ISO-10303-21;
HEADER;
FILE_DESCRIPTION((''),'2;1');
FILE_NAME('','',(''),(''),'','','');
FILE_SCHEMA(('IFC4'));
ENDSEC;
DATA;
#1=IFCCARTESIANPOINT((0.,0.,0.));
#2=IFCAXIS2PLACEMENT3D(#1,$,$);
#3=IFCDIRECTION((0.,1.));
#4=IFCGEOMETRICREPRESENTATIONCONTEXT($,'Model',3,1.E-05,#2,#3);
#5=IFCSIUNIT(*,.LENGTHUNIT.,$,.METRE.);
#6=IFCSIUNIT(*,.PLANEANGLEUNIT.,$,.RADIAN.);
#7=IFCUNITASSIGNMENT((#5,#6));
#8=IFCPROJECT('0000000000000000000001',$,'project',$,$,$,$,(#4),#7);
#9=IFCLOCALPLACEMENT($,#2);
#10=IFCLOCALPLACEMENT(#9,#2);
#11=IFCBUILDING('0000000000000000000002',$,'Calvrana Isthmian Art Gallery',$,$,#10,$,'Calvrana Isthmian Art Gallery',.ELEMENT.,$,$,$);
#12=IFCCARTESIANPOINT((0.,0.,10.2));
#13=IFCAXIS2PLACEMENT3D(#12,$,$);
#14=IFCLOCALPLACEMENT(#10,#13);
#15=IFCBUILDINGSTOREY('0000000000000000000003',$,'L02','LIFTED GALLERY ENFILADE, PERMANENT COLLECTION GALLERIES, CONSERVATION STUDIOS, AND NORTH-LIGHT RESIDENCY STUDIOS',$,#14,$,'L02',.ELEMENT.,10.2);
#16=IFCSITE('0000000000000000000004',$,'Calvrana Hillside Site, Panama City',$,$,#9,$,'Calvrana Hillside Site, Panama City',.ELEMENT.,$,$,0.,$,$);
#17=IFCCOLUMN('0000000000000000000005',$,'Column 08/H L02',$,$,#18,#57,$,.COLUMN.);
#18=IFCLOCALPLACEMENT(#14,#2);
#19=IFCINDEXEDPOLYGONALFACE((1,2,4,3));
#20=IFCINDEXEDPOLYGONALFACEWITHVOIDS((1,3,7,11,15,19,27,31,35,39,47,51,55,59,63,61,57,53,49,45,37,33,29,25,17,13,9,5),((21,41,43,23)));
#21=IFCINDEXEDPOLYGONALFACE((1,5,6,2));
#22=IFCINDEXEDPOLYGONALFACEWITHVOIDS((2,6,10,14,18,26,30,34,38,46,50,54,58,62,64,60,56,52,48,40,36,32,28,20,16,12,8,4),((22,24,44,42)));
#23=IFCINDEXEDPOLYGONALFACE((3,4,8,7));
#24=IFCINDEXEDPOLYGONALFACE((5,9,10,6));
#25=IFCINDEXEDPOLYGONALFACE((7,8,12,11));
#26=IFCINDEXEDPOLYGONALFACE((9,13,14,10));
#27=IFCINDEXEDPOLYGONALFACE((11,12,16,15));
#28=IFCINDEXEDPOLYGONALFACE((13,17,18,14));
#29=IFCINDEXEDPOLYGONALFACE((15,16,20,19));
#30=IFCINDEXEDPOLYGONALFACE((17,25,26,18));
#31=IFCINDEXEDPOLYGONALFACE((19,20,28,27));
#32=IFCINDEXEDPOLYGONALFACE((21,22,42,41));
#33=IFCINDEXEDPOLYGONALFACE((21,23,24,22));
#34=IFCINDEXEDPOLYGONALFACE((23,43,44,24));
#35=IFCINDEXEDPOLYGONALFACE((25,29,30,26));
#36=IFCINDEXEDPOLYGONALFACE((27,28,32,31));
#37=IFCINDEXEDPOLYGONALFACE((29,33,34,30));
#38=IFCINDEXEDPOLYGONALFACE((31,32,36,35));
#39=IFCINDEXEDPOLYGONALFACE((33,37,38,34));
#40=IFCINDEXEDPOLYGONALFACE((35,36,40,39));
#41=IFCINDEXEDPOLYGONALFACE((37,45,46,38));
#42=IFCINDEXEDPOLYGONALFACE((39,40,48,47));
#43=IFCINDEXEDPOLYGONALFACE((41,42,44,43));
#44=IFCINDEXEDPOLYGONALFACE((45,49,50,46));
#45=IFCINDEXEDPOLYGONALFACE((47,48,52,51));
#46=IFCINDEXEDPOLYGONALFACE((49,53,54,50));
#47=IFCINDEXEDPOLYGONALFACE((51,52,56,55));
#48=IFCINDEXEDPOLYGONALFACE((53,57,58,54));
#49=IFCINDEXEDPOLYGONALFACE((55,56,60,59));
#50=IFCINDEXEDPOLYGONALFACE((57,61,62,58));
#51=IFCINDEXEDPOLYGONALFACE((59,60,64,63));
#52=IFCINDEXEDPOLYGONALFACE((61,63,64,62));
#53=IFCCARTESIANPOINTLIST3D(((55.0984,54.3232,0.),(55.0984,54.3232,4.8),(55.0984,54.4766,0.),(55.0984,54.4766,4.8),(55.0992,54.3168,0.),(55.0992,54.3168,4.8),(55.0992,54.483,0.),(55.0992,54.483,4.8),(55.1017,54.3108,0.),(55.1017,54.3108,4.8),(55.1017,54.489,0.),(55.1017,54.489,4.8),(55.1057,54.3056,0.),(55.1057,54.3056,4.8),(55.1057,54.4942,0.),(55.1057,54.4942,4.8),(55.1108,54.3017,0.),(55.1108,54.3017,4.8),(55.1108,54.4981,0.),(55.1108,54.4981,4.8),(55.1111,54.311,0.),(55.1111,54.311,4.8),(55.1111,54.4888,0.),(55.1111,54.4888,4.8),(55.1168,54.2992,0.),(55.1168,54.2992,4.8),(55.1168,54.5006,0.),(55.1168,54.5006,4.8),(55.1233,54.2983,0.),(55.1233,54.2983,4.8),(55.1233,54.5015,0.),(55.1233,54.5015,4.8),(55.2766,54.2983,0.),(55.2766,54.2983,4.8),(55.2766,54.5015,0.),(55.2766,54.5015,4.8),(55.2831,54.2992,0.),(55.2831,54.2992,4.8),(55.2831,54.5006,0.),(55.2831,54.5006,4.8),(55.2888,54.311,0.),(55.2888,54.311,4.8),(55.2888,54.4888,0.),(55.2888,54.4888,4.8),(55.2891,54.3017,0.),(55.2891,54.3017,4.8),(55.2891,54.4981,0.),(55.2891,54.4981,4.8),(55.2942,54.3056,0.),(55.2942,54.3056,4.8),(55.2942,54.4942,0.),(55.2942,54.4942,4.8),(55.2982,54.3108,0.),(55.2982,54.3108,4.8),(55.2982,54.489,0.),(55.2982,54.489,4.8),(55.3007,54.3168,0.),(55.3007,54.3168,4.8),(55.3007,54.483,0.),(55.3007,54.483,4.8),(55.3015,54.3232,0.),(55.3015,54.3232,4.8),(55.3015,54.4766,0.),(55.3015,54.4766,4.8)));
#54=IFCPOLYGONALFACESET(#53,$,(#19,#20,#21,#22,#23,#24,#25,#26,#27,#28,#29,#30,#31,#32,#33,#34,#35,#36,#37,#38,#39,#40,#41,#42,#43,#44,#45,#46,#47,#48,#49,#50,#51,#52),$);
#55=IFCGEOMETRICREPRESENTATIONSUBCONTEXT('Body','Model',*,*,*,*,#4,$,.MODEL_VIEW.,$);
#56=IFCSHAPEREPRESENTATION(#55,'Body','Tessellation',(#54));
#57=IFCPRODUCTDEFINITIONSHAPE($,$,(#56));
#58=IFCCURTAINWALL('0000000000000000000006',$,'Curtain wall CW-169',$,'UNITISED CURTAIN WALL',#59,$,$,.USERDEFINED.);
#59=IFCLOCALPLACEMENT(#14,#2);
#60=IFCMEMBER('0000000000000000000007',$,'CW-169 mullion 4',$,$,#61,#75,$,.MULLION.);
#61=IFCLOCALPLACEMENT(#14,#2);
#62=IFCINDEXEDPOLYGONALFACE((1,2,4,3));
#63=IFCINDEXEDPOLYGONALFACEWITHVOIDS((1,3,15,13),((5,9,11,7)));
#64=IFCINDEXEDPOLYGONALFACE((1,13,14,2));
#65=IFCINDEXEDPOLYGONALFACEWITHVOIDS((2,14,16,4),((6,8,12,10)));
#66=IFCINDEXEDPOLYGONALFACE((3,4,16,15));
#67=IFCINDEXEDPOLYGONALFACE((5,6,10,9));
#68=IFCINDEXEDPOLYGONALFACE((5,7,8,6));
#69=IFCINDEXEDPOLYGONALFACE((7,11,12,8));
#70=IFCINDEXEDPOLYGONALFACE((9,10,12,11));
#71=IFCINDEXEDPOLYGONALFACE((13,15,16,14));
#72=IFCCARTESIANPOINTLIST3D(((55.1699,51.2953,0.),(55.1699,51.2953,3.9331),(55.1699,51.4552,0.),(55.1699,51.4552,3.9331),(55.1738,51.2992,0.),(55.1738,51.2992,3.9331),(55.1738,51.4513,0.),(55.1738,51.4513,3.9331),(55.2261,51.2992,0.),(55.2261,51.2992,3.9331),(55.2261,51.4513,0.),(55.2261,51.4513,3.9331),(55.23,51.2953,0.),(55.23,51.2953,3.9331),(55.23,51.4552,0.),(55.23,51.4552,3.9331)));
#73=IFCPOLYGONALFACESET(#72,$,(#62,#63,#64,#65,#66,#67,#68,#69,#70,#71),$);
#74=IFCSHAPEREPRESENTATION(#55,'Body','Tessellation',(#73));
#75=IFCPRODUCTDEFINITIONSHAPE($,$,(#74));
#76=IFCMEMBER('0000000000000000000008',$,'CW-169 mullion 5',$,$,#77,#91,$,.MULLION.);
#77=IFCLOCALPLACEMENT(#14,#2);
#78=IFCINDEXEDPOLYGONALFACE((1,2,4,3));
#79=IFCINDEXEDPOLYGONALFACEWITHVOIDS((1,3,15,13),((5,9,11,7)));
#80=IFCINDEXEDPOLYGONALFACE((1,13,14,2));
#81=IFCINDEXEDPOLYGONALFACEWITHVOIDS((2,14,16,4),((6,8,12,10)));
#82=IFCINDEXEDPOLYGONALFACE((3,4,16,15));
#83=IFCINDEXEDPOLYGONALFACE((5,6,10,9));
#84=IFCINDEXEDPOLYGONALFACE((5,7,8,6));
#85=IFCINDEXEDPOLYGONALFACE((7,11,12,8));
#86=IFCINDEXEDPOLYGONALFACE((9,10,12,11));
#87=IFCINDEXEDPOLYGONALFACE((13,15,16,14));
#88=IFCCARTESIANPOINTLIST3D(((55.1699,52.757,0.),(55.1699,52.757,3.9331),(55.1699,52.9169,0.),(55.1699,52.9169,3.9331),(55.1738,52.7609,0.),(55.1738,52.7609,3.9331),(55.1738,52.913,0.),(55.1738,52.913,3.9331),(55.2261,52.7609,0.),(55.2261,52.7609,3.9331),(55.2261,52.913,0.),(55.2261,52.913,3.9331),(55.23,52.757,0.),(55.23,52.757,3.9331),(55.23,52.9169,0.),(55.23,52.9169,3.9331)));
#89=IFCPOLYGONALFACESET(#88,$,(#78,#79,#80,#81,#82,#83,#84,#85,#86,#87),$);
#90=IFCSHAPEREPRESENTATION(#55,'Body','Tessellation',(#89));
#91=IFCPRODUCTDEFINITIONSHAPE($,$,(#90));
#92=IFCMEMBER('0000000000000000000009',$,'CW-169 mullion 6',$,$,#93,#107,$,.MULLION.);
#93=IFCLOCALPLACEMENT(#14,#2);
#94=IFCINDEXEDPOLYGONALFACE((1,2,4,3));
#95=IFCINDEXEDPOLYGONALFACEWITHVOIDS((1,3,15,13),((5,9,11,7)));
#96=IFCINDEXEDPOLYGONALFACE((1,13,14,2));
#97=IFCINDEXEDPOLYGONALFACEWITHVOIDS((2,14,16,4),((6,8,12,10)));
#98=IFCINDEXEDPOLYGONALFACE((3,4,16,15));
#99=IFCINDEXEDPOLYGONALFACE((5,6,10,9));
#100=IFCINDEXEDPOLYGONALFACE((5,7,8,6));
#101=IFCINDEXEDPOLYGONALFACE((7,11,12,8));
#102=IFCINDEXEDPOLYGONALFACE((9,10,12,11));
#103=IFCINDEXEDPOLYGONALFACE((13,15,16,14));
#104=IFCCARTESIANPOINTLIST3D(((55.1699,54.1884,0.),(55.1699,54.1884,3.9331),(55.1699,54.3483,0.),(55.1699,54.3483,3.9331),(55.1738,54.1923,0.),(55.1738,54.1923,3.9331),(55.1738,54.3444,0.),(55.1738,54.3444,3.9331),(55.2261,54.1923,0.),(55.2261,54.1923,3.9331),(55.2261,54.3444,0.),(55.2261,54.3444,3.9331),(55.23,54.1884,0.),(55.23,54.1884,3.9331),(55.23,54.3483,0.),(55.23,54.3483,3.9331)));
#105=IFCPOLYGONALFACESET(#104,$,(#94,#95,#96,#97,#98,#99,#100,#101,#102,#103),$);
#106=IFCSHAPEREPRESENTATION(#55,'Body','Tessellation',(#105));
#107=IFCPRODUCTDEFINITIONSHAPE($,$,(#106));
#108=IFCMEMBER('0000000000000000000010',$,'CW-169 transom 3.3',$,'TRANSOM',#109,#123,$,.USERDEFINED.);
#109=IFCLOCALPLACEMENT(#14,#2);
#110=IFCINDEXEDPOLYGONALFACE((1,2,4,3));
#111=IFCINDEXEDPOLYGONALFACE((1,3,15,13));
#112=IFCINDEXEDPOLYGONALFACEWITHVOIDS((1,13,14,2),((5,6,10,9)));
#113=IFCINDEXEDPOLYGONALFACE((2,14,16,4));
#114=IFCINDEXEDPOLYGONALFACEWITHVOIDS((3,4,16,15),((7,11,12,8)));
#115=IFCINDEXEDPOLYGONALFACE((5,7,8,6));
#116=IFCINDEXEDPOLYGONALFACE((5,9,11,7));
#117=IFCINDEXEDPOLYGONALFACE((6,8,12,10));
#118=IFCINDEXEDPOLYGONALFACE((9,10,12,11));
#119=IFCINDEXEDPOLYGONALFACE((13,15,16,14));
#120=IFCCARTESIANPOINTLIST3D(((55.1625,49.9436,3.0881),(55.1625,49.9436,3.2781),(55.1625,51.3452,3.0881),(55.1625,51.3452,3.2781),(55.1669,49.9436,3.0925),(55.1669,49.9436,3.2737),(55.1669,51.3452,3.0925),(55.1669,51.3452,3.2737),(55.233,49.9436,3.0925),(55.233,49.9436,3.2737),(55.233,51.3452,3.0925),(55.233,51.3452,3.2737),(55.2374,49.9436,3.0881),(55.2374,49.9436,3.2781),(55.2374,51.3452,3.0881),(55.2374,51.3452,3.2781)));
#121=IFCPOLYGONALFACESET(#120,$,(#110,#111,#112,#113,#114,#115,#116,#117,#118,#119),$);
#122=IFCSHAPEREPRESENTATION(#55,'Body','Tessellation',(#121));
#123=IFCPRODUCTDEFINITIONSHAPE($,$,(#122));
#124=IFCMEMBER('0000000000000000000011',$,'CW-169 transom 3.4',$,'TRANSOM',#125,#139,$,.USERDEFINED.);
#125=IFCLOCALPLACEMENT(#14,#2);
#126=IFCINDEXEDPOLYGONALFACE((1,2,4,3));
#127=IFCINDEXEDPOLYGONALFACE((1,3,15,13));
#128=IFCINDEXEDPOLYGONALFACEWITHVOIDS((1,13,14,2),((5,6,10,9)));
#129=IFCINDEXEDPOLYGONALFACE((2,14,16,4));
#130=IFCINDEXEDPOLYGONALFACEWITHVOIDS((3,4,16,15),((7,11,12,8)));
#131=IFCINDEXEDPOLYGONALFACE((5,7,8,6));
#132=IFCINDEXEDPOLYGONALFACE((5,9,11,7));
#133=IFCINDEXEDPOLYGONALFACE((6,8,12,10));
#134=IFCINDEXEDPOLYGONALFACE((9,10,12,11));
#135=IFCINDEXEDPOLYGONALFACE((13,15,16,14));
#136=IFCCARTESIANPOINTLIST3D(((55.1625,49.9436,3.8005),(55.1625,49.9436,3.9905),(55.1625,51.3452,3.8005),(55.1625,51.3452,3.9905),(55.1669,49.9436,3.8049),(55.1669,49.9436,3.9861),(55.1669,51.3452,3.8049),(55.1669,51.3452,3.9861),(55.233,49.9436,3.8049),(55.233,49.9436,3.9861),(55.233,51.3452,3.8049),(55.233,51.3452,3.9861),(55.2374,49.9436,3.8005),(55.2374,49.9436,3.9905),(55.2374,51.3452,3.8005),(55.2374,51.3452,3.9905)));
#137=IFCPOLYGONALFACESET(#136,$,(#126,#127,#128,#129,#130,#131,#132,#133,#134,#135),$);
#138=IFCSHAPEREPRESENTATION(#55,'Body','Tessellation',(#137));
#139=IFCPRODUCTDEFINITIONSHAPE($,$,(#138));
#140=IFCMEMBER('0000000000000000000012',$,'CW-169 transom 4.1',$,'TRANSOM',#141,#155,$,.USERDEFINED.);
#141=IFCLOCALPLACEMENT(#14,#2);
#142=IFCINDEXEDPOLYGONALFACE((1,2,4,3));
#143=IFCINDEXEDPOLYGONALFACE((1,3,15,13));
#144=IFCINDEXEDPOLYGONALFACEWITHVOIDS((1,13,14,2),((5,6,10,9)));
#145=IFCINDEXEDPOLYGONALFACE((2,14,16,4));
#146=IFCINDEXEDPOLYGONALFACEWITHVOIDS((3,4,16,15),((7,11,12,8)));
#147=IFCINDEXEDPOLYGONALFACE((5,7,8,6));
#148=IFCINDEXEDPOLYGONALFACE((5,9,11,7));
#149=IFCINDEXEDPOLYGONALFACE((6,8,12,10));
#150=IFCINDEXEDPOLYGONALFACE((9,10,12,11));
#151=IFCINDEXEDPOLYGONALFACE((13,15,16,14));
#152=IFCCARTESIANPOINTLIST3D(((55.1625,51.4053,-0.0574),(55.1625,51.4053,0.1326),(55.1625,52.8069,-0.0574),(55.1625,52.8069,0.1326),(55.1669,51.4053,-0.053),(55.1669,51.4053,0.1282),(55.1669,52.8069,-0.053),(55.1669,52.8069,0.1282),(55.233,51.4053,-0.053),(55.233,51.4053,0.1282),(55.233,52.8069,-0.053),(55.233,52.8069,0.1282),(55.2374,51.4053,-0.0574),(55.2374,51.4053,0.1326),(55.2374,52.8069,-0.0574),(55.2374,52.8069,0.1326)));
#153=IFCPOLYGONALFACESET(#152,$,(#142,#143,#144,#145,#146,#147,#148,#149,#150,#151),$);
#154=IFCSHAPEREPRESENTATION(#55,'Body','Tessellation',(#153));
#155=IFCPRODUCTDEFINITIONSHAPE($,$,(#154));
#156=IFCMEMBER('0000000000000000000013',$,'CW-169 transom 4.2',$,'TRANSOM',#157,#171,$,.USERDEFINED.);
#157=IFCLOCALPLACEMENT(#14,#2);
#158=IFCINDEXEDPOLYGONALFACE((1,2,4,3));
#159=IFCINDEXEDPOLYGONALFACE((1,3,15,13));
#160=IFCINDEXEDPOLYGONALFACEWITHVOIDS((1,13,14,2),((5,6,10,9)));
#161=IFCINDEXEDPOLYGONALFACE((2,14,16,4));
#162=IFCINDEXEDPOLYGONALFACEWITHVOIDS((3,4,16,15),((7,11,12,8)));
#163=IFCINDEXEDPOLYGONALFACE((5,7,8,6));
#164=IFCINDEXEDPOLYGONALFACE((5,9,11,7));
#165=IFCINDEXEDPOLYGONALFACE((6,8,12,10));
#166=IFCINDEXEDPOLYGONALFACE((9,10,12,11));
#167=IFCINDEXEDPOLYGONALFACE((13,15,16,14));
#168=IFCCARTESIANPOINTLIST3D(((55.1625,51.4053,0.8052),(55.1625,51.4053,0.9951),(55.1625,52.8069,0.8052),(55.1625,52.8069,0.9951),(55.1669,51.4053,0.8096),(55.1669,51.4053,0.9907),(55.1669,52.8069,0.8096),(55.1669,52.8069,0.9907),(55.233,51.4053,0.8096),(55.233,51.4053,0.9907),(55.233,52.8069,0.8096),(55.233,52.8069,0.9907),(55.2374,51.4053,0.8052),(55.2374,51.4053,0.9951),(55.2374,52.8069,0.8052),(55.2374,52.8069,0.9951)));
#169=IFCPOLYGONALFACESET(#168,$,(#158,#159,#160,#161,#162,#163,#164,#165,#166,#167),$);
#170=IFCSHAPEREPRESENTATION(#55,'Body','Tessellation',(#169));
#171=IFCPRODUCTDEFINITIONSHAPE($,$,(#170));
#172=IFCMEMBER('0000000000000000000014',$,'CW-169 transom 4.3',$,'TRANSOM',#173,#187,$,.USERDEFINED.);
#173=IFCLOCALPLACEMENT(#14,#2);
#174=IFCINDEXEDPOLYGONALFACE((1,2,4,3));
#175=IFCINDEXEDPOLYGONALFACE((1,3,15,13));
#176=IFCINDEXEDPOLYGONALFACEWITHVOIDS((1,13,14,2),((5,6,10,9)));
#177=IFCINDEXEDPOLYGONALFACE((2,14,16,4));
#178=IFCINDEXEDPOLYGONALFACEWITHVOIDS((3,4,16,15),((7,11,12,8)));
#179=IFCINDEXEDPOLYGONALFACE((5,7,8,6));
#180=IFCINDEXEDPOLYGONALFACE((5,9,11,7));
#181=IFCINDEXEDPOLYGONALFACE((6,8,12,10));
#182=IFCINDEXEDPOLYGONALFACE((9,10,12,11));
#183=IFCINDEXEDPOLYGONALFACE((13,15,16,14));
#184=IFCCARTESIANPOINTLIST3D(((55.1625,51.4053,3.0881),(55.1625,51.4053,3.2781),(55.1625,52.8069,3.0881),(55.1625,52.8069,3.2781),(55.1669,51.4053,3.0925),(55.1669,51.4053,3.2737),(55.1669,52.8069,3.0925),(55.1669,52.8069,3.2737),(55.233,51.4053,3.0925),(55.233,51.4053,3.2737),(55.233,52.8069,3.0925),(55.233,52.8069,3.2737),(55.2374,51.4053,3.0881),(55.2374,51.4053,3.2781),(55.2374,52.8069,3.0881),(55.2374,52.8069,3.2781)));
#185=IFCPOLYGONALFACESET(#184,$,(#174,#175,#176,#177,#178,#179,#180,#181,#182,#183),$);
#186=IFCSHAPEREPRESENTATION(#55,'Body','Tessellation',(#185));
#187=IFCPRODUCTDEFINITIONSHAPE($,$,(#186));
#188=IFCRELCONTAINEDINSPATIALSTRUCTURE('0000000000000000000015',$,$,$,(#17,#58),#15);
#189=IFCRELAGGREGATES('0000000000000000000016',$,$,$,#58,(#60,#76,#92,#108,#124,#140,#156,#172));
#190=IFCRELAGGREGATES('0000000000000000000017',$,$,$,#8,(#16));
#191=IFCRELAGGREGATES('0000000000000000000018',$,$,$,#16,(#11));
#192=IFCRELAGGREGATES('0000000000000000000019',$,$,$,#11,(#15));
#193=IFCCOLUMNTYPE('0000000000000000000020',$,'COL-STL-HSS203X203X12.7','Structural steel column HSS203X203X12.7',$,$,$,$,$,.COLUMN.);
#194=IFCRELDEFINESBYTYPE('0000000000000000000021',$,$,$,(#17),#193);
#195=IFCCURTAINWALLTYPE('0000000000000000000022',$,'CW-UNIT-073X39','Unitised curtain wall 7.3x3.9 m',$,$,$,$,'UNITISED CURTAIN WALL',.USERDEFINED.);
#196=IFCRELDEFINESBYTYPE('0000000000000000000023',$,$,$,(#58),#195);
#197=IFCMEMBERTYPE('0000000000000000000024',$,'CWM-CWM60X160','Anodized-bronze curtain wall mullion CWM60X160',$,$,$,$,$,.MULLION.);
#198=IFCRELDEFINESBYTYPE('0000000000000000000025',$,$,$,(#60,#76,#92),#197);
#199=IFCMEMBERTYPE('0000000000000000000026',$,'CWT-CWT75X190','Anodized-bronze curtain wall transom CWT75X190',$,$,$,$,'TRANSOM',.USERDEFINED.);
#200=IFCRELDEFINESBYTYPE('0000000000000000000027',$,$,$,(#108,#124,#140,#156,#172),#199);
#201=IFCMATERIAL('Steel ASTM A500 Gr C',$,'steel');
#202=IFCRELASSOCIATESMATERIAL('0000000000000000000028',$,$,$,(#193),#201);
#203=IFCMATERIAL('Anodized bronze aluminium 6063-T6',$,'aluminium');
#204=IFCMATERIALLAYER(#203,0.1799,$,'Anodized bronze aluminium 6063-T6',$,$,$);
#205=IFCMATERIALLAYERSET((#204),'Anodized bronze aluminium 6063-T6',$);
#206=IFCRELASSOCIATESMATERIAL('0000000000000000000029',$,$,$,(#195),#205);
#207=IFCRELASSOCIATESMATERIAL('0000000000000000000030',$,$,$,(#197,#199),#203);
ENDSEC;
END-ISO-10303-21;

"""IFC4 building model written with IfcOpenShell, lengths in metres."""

from ifc_helpers import new_model, si_unit, direction, frame, origin, origin_2d, place, context, subcontext, project, spatial, hollow_rectangle, extrude, material, layer, layer_set, material_profile, profile_set, type_object, element, aggregate, save


model = new_model("IFC4")

# Units and contexts
model_context = context("Model", 3, precision=1e-05, world=origin(), true_north=direction((0.0, 1.0)))
body_context = subcontext(model_context, "Body", "Model", "MODEL_VIEW")
ifc_project = project(units=[si_unit("LENGTHUNIT", "METRE"), si_unit("PLANEANGLEUNIT", "RADIAN")], contexts=[model_context])

# Site, building, storey
site_placement = place(None, origin())
site = spatial("IfcSite", under=ifc_project, at=site_placement, Name="Calvrana Hillside Site, Panama City", LongName="Calvrana Hillside Site, Panama City", CompositionType="ELEMENT", RefElevation=0.0)
building_placement = place(site_placement, origin())
building = spatial("IfcBuilding", under=site, at=building_placement, Name="Calvrana Isthmian Art Gallery", LongName="Calvrana Isthmian Art Gallery", CompositionType="ELEMENT")
storey_placement = place(building_placement, frame((0.0, 0.0, 10.2)))
storey = spatial("IfcBuildingStorey", under=building, at=storey_placement, Name="L02", Description="LIFTED GALLERY ENFILADE, PERMANENT COLLECTION GALLERIES, CONSERVATION STUDIOS, AND NORTH-LIGHT RESIDENCY STUDIOS", LongName="L02", CompositionType="ELEMENT", Elevation=10.2)

# Column
ifc_material_1 = material(Name="Steel ASTM A500 Gr C", Category="steel")
ifc_material_profile_1 = material_profile(ifc_material_1, hollow_rectangle(XDim=0.2031, YDim=0.2031, WallThickness=0.0127, OuterFilletRadius=0.0249, at=origin_2d()), Name="HSS203X203X12.7")
ifc_profile_set_1 = profile_set([ifc_material_profile_1], Name="Steel ASTM A500 Gr C")
column_type = type_object("IfcColumnType", Name="COL-STL-HSS203X203X12.7", Description="Structural steel column HSS203X203X12.7", PredefinedType="COLUMN", material=ifc_profile_set_1)
column_placement = place(storey_placement, frame((55.2, 54.3999, 0.0), z_axis=(0.0, 0.0, 1.0), x_axis=(1.0, 0.0, 0.0)))
element("IfcColumn", 1, at=column_placement, inside=storey, type_object=column_type, Name="Column 08/H L02", PredefinedType="COLUMN", context=body_context, shape_type="SweptSolid", body=[
    extrude(hollow_rectangle(XDim=0.2031, YDim=0.2031, WallThickness=0.0127, OuterFilletRadius=0.0249, at=origin_2d()), origin(), (0.0, 0.0, 1.0), 4.8),
])

# Curtain wall, members
ifc_material_2 = material(Name="Anodized bronze aluminium 6063-T6", Category="aluminium")
ifc_layer_1 = layer(ifc_material_2, 0.1799, Name="Anodized bronze aluminium 6063-T6")
ifc_layer_set_1 = layer_set([ifc_layer_1], Name="Anodized bronze aluminium 6063-T6")
curtain_wall_type = type_object("IfcCurtainWallType", Name="CW-UNIT-073X39", Description="Unitised curtain wall 7.3x3.9 m", ElementType="UNITISED CURTAIN WALL", PredefinedType="USERDEFINED", material=ifc_layer_set_1)
curtain_wall_placement = place(storey_placement, origin())
curtain_wall = element("IfcCurtainWall", 2, at=curtain_wall_placement, inside=storey, type_object=curtain_wall_type, Name="Curtain wall CW-169", ObjectType="UNITISED CURTAIN WALL", PredefinedType="USERDEFINED")
ifc_material_profile_2 = material_profile(ifc_material_2, hollow_rectangle(XDim=0.0601, YDim=0.1599, WallThickness=0.0039, at=origin_2d()), Name="CWM60X160")
ifc_profile_set_2 = profile_set([ifc_material_profile_2], Name="Anodized bronze aluminium 6063-T6")
member_type_1 = type_object("IfcMemberType", Name="CWM-CWM60X160", Description="Anodized-bronze curtain wall mullion CWM60X160", PredefinedType="MULLION", material=ifc_profile_set_2)
member_1_placement = place(storey_placement, frame((55.2, 51.3752, 0.0), z_axis=(0.0, 0.0, 1.0), x_axis=(-1.0, 0.0, 0.0)))
member_1 = element("IfcMember", 3, at=member_1_placement, type_object=member_type_1, Name="CW-169 mullion 4", PredefinedType="MULLION", context=body_context, shape_type="SweptSolid", body=[
    extrude(hollow_rectangle(XDim=0.0601, YDim=0.1599, WallThickness=0.0039, at=origin_2d()), origin(), (0.0, 0.0, 1.0), 3.9331),
])
member_2_placement = place(storey_placement, frame((55.2, 52.8369, 0.0), z_axis=(0.0, 0.0, 1.0), x_axis=(-1.0, 0.0, 0.0)))
member_2 = element("IfcMember", 4, at=member_2_placement, type_object=member_type_1, Name="CW-169 mullion 5", PredefinedType="MULLION", context=body_context, shape_type="SweptSolid", body=[
    extrude(hollow_rectangle(XDim=0.0601, YDim=0.1599, WallThickness=0.0039, at=origin_2d()), origin(), (0.0, 0.0, 1.0), 3.9331),
])
member_3_placement = place(storey_placement, frame((55.2, 54.2683, 0.0), z_axis=(0.0, 0.0, 1.0), x_axis=(-1.0, 0.0, 0.0)))
member_3 = element("IfcMember", 5, at=member_3_placement, type_object=member_type_1, Name="CW-169 mullion 6", PredefinedType="MULLION", context=body_context, shape_type="SweptSolid", body=[
    extrude(hollow_rectangle(XDim=0.0601, YDim=0.1599, WallThickness=0.0039, at=origin_2d()), origin(), (0.0, 0.0, 1.0), 3.9331),
])
ifc_material_profile_3 = material_profile(ifc_material_2, hollow_rectangle(XDim=0.075, YDim=0.1899, WallThickness=0.0044, at=origin_2d()), Name="CWT75X190")
ifc_profile_set_3 = profile_set([ifc_material_profile_3], Name="Anodized bronze aluminium 6063-T6")
member_type_2 = type_object("IfcMemberType", Name="CWT-CWT75X190", Description="Anodized-bronze curtain wall transom CWT75X190", ElementType="TRANSOM", PredefinedType="USERDEFINED", material=ifc_profile_set_3)
member_4_placement = place(storey_placement, frame((55.2, 49.9436, 3.1831), z_axis=(0.0, 1.0, 0.0), x_axis=(-1.0, 0.0, 0.0)))
member_4 = element("IfcMember", 6, at=member_4_placement, type_object=member_type_2, Name="CW-169 transom 3.3", ObjectType="TRANSOM", PredefinedType="USERDEFINED", context=body_context, shape_type="SweptSolid", body=[
    extrude(hollow_rectangle(XDim=0.075, YDim=0.1899, WallThickness=0.0044, at=origin_2d()), origin(), (0.0, 0.0, 1.0), 1.4016),
])
member_5_placement = place(storey_placement, frame((55.2, 49.9436, 3.8955), z_axis=(0.0, 1.0, 0.0), x_axis=(-1.0, 0.0, 0.0)))
member_5 = element("IfcMember", 7, at=member_5_placement, type_object=member_type_2, Name="CW-169 transom 3.4", ObjectType="TRANSOM", PredefinedType="USERDEFINED", context=body_context, shape_type="SweptSolid", body=[
    extrude(hollow_rectangle(XDim=0.075, YDim=0.1899, WallThickness=0.0044, at=origin_2d()), origin(), (0.0, 0.0, 1.0), 1.4016),
])
member_6_placement = place(storey_placement, frame((55.2, 51.4053, 0.0376), z_axis=(0.0, 1.0, 0.0), x_axis=(-1.0, 0.0, 0.0)))
member_6 = element("IfcMember", 8, at=member_6_placement, type_object=member_type_2, Name="CW-169 transom 4.1", ObjectType="TRANSOM", PredefinedType="USERDEFINED", context=body_context, shape_type="SweptSolid", body=[
    extrude(hollow_rectangle(XDim=0.075, YDim=0.1899, WallThickness=0.0044, at=origin_2d()), origin(), (0.0, 0.0, 1.0), 1.4016),
])
member_7_placement = place(storey_placement, frame((55.2, 51.4053, 0.9001), z_axis=(0.0, 1.0, 0.0), x_axis=(-1.0, 0.0, 0.0)))
member_7 = element("IfcMember", 9, at=member_7_placement, type_object=member_type_2, Name="CW-169 transom 4.2", ObjectType="TRANSOM", PredefinedType="USERDEFINED", context=body_context, shape_type="SweptSolid", body=[
    extrude(hollow_rectangle(XDim=0.075, YDim=0.1899, WallThickness=0.0044, at=origin_2d()), origin(), (0.0, 0.0, 1.0), 1.4016),
])
member_8_placement = place(storey_placement, frame((55.2, 51.4053, 3.1831), z_axis=(0.0, 1.0, 0.0), x_axis=(-1.0, 0.0, 0.0)))
member_8 = element("IfcMember", 10, at=member_8_placement, type_object=member_type_2, Name="CW-169 transom 4.3", ObjectType="TRANSOM", PredefinedType="USERDEFINED", context=body_context, shape_type="SweptSolid", body=[
    extrude(hollow_rectangle(XDim=0.075, YDim=0.1899, WallThickness=0.0044, at=origin_2d()), origin(), (0.0, 0.0, 1.0), 1.4016),
])
aggregate(curtain_wall, [member_1, member_2, member_3, member_4, member_5, member_6, member_7, member_8])

save(model, "model.ifc")
